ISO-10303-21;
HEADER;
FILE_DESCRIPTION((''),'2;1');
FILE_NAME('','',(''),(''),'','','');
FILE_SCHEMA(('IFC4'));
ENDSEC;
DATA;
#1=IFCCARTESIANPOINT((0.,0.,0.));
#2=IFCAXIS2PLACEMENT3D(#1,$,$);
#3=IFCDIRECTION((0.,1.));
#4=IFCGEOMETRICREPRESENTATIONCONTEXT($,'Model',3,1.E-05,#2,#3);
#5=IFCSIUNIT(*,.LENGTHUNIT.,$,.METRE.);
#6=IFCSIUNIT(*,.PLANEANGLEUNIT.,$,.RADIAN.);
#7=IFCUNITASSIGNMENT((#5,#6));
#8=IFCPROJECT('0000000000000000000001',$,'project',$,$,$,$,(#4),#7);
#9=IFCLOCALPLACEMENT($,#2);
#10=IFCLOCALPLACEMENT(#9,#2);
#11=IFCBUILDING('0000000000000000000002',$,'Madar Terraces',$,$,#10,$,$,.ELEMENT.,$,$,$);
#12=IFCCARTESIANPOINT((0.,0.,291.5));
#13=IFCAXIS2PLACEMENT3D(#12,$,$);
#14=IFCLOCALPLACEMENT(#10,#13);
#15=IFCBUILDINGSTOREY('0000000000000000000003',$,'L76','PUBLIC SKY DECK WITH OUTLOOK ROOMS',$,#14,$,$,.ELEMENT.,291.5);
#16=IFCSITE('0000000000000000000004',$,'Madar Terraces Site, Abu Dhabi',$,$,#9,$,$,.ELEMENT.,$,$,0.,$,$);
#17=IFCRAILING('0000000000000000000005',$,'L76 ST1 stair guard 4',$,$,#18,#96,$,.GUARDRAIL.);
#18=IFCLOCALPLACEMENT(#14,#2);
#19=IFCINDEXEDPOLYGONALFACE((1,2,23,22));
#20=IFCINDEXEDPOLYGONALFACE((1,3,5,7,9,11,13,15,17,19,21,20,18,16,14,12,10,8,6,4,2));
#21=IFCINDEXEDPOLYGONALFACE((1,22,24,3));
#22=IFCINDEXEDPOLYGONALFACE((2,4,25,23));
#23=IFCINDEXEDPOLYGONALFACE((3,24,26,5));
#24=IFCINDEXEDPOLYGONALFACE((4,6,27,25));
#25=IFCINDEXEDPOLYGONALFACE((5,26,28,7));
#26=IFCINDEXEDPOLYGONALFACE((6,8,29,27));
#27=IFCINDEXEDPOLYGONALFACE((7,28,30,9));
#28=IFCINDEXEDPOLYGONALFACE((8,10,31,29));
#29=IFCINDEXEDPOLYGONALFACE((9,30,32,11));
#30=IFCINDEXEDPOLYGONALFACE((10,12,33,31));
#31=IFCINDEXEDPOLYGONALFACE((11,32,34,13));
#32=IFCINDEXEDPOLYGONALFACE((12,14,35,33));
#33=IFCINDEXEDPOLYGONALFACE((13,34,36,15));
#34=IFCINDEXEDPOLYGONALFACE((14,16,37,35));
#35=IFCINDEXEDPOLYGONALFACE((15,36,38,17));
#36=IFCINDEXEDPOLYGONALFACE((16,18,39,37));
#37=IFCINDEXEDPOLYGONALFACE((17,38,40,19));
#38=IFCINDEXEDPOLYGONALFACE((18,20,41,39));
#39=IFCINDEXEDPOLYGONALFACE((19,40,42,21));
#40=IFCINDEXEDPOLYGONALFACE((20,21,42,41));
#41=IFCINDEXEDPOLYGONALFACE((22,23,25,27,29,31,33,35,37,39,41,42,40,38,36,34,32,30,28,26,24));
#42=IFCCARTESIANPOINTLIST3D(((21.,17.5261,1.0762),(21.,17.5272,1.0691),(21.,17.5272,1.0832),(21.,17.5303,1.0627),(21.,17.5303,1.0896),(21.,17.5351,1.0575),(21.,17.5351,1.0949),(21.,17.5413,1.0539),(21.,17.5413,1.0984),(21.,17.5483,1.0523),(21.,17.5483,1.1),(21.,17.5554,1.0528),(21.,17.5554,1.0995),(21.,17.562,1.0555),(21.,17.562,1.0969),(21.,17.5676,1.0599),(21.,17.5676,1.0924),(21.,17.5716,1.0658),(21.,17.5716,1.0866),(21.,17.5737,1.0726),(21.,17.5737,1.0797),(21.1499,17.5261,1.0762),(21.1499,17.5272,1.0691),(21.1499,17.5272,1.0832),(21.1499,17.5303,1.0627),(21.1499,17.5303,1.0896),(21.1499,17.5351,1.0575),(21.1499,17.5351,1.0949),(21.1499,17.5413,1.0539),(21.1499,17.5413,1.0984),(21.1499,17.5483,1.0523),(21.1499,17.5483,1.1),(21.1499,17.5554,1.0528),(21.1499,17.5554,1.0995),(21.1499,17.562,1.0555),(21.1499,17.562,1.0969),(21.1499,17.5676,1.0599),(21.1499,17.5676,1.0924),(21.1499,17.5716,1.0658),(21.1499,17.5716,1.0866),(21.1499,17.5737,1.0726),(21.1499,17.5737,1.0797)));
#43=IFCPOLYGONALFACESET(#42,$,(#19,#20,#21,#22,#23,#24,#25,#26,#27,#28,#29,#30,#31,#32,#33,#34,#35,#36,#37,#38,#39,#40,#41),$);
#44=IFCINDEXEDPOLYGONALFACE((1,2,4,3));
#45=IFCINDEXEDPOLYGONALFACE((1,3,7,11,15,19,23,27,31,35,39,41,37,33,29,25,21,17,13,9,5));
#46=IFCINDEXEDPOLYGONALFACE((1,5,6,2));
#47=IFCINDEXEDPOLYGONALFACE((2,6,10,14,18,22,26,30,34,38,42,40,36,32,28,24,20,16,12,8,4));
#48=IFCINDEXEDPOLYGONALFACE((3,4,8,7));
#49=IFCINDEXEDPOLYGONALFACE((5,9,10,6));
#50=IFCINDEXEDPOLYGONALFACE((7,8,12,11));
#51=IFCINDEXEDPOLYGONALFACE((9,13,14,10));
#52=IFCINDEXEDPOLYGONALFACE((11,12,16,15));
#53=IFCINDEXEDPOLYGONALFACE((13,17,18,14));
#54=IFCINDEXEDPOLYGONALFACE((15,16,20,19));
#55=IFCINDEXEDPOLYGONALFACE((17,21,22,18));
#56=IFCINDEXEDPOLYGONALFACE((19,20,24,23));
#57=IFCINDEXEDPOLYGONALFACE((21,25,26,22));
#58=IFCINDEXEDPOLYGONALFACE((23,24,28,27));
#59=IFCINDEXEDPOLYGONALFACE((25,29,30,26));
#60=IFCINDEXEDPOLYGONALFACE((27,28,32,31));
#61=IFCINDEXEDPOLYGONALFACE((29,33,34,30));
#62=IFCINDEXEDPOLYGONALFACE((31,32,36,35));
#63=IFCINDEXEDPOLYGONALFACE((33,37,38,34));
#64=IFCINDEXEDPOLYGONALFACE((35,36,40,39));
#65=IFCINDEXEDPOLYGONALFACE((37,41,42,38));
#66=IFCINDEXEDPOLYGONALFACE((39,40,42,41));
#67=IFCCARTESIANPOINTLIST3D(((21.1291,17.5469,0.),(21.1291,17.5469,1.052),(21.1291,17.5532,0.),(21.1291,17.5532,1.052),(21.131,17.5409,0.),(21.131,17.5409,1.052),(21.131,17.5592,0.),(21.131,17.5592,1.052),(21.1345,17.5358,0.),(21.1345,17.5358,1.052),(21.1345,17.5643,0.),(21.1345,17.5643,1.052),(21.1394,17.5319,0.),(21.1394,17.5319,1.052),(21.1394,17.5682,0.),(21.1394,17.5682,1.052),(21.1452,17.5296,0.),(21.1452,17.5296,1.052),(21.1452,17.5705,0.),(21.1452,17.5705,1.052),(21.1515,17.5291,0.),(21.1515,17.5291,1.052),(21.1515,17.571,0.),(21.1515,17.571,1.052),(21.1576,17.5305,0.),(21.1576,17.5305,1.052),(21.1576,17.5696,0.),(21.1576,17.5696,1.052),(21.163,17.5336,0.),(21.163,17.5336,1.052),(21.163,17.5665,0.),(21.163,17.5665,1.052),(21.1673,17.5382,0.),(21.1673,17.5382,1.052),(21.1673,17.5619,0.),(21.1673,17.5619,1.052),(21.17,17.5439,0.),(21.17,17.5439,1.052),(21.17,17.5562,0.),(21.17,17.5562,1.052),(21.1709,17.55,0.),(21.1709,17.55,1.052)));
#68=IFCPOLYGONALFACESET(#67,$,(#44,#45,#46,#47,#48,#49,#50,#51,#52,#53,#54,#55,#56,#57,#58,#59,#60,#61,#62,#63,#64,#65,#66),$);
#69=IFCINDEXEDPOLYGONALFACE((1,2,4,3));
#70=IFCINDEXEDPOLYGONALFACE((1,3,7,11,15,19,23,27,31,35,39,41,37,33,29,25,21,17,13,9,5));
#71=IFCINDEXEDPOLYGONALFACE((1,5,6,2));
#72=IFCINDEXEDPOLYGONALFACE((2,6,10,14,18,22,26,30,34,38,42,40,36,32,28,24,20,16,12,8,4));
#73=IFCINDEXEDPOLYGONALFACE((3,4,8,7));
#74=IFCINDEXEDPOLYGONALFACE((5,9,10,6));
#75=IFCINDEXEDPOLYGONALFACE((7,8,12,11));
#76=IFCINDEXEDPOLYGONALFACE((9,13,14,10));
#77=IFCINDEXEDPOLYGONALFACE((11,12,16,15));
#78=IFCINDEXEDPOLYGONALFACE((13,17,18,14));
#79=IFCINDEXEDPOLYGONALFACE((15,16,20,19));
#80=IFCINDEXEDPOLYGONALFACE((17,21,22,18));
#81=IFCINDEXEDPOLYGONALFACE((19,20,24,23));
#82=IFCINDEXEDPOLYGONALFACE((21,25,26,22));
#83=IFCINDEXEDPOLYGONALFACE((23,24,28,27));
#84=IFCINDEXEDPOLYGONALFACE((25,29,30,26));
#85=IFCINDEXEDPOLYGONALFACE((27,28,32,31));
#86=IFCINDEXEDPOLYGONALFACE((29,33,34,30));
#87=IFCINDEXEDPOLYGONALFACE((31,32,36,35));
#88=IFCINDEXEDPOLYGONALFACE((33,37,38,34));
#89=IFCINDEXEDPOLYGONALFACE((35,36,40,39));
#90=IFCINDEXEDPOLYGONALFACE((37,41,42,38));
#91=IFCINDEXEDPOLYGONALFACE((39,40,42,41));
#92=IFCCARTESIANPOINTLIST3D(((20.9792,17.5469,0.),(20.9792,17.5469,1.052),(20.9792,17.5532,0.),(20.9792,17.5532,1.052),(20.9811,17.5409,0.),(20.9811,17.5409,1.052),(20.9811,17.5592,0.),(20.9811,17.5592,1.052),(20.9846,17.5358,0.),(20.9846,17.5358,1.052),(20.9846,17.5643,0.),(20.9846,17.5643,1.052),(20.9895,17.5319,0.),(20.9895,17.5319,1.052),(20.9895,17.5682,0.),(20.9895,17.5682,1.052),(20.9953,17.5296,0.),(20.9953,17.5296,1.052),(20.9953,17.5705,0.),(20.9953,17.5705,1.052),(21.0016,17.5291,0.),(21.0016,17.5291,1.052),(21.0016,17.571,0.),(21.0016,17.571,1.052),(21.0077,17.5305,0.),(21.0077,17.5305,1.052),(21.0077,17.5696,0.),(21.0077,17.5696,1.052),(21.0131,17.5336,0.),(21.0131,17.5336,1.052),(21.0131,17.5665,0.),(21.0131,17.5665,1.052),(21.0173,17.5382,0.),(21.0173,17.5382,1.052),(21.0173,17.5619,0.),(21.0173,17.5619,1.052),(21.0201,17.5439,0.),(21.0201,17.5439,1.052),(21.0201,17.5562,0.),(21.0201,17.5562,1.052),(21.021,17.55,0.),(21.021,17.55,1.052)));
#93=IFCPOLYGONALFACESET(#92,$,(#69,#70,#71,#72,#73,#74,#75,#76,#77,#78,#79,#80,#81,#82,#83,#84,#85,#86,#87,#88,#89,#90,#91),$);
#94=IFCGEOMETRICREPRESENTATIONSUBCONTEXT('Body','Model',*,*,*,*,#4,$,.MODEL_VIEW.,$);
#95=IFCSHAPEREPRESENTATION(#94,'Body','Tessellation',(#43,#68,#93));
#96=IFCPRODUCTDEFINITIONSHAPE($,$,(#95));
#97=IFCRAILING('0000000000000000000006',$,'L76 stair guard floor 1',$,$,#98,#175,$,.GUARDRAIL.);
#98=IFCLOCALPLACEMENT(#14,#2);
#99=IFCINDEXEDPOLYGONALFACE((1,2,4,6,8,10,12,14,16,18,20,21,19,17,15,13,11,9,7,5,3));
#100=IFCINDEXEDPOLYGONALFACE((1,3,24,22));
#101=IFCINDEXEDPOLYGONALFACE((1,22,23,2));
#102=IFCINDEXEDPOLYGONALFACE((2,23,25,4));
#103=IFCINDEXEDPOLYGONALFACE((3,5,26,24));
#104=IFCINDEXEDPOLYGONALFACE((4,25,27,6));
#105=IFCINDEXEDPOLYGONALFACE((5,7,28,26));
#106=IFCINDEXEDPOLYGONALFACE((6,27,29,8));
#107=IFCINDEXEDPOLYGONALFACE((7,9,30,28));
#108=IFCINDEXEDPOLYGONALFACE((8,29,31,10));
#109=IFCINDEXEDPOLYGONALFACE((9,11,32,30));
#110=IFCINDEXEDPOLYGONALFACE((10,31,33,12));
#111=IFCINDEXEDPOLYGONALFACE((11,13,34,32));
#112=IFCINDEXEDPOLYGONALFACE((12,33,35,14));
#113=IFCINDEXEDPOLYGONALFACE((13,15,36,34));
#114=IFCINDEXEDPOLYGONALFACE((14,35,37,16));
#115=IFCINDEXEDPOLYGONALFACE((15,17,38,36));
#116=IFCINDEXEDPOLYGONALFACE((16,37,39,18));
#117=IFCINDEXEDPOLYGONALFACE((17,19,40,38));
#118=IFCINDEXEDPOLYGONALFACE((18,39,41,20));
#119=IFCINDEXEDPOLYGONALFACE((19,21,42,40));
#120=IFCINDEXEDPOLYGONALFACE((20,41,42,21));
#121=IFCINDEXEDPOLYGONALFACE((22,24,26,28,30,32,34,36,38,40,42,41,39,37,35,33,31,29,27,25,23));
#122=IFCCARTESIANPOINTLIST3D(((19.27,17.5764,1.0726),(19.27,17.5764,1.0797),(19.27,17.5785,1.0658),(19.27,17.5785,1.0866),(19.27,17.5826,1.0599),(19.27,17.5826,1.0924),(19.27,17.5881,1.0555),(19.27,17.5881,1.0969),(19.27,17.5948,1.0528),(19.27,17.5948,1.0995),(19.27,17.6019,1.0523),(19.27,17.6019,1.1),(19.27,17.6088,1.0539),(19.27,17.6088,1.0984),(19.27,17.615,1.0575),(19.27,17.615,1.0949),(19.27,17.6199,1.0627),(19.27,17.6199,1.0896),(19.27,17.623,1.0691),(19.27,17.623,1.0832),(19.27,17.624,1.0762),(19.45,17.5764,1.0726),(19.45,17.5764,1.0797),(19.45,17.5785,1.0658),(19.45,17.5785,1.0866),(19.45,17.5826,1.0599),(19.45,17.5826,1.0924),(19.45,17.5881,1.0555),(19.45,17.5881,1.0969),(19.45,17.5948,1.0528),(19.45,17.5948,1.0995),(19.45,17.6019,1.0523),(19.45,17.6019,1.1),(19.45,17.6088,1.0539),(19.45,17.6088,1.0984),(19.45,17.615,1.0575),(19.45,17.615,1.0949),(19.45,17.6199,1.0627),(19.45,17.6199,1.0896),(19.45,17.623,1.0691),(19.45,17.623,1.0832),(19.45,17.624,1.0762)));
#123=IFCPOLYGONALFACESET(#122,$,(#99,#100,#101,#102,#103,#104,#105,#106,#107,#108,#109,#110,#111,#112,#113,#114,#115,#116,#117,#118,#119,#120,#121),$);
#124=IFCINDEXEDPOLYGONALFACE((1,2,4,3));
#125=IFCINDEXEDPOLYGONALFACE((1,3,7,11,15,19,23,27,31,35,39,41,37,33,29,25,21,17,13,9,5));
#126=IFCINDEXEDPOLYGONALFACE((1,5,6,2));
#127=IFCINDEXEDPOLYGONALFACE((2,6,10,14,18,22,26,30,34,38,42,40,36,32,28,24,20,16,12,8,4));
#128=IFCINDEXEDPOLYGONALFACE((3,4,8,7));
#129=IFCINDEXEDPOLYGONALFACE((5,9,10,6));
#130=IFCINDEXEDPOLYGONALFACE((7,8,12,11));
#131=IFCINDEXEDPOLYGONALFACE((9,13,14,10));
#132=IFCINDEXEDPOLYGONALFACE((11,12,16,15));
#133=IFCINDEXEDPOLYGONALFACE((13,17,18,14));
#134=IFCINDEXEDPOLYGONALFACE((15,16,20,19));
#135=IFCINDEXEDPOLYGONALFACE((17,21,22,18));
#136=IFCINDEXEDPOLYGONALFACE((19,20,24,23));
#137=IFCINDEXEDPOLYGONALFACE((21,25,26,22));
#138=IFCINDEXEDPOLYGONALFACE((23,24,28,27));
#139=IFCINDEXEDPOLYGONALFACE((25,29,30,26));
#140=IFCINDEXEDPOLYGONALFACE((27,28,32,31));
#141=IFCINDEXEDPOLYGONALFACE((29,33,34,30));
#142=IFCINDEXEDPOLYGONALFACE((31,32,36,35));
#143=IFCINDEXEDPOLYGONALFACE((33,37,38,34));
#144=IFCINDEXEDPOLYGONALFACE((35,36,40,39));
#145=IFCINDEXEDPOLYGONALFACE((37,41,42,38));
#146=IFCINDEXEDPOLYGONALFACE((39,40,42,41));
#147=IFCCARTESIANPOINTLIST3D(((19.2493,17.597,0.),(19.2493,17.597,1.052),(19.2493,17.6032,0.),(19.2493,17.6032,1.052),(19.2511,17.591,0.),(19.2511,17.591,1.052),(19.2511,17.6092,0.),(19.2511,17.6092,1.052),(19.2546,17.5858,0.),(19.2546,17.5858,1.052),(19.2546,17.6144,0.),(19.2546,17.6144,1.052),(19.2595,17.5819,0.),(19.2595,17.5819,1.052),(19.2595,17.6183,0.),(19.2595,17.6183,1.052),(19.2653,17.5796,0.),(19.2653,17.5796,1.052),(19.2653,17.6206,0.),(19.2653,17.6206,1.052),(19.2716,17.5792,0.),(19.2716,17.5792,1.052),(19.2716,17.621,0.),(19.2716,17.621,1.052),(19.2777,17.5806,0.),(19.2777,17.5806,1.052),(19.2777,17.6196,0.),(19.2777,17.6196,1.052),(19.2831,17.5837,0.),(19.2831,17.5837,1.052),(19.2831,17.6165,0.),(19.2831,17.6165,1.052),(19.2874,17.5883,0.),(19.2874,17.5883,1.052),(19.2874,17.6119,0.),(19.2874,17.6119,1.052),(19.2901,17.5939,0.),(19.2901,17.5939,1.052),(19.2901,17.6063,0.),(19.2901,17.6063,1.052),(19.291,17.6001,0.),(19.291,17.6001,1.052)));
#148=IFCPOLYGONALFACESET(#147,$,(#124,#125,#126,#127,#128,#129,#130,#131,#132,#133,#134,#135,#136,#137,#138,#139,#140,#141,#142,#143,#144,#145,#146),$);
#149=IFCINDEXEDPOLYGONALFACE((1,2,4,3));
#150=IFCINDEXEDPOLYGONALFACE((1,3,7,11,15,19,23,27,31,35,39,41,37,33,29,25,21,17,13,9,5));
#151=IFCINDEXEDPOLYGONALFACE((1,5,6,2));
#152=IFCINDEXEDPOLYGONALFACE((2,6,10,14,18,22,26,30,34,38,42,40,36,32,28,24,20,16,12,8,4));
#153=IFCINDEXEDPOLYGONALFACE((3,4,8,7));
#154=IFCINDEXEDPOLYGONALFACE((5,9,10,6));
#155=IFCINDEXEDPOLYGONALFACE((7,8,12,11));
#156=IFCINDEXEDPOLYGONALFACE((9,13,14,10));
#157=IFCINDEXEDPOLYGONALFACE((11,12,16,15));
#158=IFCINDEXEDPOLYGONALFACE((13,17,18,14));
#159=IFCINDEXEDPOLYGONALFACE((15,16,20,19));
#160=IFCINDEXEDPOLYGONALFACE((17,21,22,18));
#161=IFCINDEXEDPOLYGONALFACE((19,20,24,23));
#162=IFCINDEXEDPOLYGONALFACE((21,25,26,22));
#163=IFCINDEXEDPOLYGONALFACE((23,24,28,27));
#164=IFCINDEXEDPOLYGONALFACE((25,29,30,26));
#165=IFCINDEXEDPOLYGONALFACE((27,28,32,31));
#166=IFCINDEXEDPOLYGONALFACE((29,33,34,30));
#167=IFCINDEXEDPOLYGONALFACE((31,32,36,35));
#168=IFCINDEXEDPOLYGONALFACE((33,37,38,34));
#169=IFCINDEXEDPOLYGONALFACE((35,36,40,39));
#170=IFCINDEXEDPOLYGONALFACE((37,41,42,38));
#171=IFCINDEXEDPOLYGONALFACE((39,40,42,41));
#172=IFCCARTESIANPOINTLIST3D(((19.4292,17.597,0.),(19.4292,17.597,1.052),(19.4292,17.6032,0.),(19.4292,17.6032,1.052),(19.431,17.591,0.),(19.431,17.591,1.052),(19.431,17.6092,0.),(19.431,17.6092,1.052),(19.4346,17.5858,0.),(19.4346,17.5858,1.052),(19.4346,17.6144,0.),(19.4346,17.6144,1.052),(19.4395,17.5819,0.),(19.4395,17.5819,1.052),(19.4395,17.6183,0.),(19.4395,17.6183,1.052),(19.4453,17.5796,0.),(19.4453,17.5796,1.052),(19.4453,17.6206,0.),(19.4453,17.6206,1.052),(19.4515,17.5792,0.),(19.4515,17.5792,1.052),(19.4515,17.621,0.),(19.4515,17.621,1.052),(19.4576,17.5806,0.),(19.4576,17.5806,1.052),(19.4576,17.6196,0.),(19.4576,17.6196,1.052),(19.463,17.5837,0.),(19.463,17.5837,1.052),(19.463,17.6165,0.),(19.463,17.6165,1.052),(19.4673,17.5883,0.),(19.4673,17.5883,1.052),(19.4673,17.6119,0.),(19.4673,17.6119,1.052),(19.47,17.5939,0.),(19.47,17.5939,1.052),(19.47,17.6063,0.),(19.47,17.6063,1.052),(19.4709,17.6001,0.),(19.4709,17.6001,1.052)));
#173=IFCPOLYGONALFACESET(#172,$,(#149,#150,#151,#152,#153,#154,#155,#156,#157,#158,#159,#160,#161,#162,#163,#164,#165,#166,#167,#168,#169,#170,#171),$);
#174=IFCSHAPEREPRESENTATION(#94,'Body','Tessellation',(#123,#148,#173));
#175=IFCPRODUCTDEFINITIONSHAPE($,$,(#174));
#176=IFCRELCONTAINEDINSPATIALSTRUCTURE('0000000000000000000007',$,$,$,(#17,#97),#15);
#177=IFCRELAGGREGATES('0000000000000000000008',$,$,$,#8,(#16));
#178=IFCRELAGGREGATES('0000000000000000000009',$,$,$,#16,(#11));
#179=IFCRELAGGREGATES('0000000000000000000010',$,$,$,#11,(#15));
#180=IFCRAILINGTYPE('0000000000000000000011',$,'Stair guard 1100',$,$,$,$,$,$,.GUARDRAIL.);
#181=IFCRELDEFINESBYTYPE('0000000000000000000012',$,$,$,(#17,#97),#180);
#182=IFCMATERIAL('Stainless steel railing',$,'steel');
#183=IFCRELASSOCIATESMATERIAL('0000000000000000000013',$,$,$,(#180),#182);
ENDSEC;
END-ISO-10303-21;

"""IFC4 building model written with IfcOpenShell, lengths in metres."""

from ifc_helpers import new_model, si_unit, direction, frame, origin, origin_2d, place, context, subcontext, project, spatial, circle, extrude, material, type_object, element, save


model = new_model("IFC4")

# Units and contexts
model_context = context("Model", 3, precision=1e-05, world=origin(), true_north=direction((0.0, 1.0)))
body_context = subcontext(model_context, "Body", "Model", "MODEL_VIEW")
ifc_project = project(units=[si_unit("LENGTHUNIT", "METRE"), si_unit("PLANEANGLEUNIT", "RADIAN")], contexts=[model_context])

# Site, building, storey
site_placement = place(None, origin())
site = spatial("IfcSite", under=ifc_project, at=site_placement, Name="Madar Terraces Site, Abu Dhabi", CompositionType="ELEMENT", RefElevation=0.0)
building_placement = place(site_placement, origin())
building = spatial("IfcBuilding", under=site, at=building_placement, Name="Madar Terraces", CompositionType="ELEMENT")
storey_placement = place(building_placement, frame((0.0, 0.0, 291.5)))
storey = spatial("IfcBuildingStorey", under=building, at=storey_placement, Name="L76", Description="PUBLIC SKY DECK WITH OUTLOOK ROOMS", CompositionType="ELEMENT", Elevation=291.5)

# Railings
ifc_material_1 = material(Name="Stainless steel railing", Category="steel")
railing_type_1 = type_object("IfcRailingType", Name="Stair guard 1100", PredefinedType="GUARDRAIL", material=ifc_material_1)
railing_1_placement = place(storey_placement, frame((21.1499, 17.55, 0.0)))
element("IfcRailing", 1, at=railing_1_placement, inside=storey, type_object=railing_type_1, Name="L76 ST1 stair guard 4", PredefinedType="GUARDRAIL", context=body_context, shape_type="SweptSolid", body=[
    extrude(circle(Radius=0.0239, at=origin_2d()), frame((0.0, 0.0, 1.0762), z_axis=(-1.0, 0.0, 0.0), x_axis=(0.0, -1.0, 0.0)), (0.0, 0.0, 1.0), 0.1499),
    extrude(circle(Radius=0.021, at=origin_2d()), origin(), (0.0, 0.0, 1.0), 1.052),
    extrude(circle(Radius=0.021, at=origin_2d()), frame((-0.1499, 0.0, 0.0)), (0.0, 0.0, 1.0), 1.052),
])
for number, where, name in (
    (2, (19.27, 17.6001, 0.0), "L76 stair guard floor 1"),
):
    element("IfcRailing", number, at=place(storey_placement, frame(where)), inside=storey, type_object=railing_type_1, Name=name, PredefinedType="GUARDRAIL", context=body_context, shape_type="SweptSolid", body=[
        extrude(circle(Radius=0.0239, at=origin_2d()), frame((0.0, 0.0, 1.0762), z_axis=(1.0, 0.0, 0.0), x_axis=(0.0, 1.0, 0.0)), (0.0, 0.0, 1.0), 0.1799),
        extrude(circle(Radius=0.021, at=origin_2d()), origin(), (0.0, 0.0, 1.0), 1.052),
        extrude(circle(Radius=0.021, at=origin_2d()), frame((0.1799, 0.0, 0.0)), (0.0, 0.0, 1.0), 1.052),
    ])

save(model, "model.ifc")
